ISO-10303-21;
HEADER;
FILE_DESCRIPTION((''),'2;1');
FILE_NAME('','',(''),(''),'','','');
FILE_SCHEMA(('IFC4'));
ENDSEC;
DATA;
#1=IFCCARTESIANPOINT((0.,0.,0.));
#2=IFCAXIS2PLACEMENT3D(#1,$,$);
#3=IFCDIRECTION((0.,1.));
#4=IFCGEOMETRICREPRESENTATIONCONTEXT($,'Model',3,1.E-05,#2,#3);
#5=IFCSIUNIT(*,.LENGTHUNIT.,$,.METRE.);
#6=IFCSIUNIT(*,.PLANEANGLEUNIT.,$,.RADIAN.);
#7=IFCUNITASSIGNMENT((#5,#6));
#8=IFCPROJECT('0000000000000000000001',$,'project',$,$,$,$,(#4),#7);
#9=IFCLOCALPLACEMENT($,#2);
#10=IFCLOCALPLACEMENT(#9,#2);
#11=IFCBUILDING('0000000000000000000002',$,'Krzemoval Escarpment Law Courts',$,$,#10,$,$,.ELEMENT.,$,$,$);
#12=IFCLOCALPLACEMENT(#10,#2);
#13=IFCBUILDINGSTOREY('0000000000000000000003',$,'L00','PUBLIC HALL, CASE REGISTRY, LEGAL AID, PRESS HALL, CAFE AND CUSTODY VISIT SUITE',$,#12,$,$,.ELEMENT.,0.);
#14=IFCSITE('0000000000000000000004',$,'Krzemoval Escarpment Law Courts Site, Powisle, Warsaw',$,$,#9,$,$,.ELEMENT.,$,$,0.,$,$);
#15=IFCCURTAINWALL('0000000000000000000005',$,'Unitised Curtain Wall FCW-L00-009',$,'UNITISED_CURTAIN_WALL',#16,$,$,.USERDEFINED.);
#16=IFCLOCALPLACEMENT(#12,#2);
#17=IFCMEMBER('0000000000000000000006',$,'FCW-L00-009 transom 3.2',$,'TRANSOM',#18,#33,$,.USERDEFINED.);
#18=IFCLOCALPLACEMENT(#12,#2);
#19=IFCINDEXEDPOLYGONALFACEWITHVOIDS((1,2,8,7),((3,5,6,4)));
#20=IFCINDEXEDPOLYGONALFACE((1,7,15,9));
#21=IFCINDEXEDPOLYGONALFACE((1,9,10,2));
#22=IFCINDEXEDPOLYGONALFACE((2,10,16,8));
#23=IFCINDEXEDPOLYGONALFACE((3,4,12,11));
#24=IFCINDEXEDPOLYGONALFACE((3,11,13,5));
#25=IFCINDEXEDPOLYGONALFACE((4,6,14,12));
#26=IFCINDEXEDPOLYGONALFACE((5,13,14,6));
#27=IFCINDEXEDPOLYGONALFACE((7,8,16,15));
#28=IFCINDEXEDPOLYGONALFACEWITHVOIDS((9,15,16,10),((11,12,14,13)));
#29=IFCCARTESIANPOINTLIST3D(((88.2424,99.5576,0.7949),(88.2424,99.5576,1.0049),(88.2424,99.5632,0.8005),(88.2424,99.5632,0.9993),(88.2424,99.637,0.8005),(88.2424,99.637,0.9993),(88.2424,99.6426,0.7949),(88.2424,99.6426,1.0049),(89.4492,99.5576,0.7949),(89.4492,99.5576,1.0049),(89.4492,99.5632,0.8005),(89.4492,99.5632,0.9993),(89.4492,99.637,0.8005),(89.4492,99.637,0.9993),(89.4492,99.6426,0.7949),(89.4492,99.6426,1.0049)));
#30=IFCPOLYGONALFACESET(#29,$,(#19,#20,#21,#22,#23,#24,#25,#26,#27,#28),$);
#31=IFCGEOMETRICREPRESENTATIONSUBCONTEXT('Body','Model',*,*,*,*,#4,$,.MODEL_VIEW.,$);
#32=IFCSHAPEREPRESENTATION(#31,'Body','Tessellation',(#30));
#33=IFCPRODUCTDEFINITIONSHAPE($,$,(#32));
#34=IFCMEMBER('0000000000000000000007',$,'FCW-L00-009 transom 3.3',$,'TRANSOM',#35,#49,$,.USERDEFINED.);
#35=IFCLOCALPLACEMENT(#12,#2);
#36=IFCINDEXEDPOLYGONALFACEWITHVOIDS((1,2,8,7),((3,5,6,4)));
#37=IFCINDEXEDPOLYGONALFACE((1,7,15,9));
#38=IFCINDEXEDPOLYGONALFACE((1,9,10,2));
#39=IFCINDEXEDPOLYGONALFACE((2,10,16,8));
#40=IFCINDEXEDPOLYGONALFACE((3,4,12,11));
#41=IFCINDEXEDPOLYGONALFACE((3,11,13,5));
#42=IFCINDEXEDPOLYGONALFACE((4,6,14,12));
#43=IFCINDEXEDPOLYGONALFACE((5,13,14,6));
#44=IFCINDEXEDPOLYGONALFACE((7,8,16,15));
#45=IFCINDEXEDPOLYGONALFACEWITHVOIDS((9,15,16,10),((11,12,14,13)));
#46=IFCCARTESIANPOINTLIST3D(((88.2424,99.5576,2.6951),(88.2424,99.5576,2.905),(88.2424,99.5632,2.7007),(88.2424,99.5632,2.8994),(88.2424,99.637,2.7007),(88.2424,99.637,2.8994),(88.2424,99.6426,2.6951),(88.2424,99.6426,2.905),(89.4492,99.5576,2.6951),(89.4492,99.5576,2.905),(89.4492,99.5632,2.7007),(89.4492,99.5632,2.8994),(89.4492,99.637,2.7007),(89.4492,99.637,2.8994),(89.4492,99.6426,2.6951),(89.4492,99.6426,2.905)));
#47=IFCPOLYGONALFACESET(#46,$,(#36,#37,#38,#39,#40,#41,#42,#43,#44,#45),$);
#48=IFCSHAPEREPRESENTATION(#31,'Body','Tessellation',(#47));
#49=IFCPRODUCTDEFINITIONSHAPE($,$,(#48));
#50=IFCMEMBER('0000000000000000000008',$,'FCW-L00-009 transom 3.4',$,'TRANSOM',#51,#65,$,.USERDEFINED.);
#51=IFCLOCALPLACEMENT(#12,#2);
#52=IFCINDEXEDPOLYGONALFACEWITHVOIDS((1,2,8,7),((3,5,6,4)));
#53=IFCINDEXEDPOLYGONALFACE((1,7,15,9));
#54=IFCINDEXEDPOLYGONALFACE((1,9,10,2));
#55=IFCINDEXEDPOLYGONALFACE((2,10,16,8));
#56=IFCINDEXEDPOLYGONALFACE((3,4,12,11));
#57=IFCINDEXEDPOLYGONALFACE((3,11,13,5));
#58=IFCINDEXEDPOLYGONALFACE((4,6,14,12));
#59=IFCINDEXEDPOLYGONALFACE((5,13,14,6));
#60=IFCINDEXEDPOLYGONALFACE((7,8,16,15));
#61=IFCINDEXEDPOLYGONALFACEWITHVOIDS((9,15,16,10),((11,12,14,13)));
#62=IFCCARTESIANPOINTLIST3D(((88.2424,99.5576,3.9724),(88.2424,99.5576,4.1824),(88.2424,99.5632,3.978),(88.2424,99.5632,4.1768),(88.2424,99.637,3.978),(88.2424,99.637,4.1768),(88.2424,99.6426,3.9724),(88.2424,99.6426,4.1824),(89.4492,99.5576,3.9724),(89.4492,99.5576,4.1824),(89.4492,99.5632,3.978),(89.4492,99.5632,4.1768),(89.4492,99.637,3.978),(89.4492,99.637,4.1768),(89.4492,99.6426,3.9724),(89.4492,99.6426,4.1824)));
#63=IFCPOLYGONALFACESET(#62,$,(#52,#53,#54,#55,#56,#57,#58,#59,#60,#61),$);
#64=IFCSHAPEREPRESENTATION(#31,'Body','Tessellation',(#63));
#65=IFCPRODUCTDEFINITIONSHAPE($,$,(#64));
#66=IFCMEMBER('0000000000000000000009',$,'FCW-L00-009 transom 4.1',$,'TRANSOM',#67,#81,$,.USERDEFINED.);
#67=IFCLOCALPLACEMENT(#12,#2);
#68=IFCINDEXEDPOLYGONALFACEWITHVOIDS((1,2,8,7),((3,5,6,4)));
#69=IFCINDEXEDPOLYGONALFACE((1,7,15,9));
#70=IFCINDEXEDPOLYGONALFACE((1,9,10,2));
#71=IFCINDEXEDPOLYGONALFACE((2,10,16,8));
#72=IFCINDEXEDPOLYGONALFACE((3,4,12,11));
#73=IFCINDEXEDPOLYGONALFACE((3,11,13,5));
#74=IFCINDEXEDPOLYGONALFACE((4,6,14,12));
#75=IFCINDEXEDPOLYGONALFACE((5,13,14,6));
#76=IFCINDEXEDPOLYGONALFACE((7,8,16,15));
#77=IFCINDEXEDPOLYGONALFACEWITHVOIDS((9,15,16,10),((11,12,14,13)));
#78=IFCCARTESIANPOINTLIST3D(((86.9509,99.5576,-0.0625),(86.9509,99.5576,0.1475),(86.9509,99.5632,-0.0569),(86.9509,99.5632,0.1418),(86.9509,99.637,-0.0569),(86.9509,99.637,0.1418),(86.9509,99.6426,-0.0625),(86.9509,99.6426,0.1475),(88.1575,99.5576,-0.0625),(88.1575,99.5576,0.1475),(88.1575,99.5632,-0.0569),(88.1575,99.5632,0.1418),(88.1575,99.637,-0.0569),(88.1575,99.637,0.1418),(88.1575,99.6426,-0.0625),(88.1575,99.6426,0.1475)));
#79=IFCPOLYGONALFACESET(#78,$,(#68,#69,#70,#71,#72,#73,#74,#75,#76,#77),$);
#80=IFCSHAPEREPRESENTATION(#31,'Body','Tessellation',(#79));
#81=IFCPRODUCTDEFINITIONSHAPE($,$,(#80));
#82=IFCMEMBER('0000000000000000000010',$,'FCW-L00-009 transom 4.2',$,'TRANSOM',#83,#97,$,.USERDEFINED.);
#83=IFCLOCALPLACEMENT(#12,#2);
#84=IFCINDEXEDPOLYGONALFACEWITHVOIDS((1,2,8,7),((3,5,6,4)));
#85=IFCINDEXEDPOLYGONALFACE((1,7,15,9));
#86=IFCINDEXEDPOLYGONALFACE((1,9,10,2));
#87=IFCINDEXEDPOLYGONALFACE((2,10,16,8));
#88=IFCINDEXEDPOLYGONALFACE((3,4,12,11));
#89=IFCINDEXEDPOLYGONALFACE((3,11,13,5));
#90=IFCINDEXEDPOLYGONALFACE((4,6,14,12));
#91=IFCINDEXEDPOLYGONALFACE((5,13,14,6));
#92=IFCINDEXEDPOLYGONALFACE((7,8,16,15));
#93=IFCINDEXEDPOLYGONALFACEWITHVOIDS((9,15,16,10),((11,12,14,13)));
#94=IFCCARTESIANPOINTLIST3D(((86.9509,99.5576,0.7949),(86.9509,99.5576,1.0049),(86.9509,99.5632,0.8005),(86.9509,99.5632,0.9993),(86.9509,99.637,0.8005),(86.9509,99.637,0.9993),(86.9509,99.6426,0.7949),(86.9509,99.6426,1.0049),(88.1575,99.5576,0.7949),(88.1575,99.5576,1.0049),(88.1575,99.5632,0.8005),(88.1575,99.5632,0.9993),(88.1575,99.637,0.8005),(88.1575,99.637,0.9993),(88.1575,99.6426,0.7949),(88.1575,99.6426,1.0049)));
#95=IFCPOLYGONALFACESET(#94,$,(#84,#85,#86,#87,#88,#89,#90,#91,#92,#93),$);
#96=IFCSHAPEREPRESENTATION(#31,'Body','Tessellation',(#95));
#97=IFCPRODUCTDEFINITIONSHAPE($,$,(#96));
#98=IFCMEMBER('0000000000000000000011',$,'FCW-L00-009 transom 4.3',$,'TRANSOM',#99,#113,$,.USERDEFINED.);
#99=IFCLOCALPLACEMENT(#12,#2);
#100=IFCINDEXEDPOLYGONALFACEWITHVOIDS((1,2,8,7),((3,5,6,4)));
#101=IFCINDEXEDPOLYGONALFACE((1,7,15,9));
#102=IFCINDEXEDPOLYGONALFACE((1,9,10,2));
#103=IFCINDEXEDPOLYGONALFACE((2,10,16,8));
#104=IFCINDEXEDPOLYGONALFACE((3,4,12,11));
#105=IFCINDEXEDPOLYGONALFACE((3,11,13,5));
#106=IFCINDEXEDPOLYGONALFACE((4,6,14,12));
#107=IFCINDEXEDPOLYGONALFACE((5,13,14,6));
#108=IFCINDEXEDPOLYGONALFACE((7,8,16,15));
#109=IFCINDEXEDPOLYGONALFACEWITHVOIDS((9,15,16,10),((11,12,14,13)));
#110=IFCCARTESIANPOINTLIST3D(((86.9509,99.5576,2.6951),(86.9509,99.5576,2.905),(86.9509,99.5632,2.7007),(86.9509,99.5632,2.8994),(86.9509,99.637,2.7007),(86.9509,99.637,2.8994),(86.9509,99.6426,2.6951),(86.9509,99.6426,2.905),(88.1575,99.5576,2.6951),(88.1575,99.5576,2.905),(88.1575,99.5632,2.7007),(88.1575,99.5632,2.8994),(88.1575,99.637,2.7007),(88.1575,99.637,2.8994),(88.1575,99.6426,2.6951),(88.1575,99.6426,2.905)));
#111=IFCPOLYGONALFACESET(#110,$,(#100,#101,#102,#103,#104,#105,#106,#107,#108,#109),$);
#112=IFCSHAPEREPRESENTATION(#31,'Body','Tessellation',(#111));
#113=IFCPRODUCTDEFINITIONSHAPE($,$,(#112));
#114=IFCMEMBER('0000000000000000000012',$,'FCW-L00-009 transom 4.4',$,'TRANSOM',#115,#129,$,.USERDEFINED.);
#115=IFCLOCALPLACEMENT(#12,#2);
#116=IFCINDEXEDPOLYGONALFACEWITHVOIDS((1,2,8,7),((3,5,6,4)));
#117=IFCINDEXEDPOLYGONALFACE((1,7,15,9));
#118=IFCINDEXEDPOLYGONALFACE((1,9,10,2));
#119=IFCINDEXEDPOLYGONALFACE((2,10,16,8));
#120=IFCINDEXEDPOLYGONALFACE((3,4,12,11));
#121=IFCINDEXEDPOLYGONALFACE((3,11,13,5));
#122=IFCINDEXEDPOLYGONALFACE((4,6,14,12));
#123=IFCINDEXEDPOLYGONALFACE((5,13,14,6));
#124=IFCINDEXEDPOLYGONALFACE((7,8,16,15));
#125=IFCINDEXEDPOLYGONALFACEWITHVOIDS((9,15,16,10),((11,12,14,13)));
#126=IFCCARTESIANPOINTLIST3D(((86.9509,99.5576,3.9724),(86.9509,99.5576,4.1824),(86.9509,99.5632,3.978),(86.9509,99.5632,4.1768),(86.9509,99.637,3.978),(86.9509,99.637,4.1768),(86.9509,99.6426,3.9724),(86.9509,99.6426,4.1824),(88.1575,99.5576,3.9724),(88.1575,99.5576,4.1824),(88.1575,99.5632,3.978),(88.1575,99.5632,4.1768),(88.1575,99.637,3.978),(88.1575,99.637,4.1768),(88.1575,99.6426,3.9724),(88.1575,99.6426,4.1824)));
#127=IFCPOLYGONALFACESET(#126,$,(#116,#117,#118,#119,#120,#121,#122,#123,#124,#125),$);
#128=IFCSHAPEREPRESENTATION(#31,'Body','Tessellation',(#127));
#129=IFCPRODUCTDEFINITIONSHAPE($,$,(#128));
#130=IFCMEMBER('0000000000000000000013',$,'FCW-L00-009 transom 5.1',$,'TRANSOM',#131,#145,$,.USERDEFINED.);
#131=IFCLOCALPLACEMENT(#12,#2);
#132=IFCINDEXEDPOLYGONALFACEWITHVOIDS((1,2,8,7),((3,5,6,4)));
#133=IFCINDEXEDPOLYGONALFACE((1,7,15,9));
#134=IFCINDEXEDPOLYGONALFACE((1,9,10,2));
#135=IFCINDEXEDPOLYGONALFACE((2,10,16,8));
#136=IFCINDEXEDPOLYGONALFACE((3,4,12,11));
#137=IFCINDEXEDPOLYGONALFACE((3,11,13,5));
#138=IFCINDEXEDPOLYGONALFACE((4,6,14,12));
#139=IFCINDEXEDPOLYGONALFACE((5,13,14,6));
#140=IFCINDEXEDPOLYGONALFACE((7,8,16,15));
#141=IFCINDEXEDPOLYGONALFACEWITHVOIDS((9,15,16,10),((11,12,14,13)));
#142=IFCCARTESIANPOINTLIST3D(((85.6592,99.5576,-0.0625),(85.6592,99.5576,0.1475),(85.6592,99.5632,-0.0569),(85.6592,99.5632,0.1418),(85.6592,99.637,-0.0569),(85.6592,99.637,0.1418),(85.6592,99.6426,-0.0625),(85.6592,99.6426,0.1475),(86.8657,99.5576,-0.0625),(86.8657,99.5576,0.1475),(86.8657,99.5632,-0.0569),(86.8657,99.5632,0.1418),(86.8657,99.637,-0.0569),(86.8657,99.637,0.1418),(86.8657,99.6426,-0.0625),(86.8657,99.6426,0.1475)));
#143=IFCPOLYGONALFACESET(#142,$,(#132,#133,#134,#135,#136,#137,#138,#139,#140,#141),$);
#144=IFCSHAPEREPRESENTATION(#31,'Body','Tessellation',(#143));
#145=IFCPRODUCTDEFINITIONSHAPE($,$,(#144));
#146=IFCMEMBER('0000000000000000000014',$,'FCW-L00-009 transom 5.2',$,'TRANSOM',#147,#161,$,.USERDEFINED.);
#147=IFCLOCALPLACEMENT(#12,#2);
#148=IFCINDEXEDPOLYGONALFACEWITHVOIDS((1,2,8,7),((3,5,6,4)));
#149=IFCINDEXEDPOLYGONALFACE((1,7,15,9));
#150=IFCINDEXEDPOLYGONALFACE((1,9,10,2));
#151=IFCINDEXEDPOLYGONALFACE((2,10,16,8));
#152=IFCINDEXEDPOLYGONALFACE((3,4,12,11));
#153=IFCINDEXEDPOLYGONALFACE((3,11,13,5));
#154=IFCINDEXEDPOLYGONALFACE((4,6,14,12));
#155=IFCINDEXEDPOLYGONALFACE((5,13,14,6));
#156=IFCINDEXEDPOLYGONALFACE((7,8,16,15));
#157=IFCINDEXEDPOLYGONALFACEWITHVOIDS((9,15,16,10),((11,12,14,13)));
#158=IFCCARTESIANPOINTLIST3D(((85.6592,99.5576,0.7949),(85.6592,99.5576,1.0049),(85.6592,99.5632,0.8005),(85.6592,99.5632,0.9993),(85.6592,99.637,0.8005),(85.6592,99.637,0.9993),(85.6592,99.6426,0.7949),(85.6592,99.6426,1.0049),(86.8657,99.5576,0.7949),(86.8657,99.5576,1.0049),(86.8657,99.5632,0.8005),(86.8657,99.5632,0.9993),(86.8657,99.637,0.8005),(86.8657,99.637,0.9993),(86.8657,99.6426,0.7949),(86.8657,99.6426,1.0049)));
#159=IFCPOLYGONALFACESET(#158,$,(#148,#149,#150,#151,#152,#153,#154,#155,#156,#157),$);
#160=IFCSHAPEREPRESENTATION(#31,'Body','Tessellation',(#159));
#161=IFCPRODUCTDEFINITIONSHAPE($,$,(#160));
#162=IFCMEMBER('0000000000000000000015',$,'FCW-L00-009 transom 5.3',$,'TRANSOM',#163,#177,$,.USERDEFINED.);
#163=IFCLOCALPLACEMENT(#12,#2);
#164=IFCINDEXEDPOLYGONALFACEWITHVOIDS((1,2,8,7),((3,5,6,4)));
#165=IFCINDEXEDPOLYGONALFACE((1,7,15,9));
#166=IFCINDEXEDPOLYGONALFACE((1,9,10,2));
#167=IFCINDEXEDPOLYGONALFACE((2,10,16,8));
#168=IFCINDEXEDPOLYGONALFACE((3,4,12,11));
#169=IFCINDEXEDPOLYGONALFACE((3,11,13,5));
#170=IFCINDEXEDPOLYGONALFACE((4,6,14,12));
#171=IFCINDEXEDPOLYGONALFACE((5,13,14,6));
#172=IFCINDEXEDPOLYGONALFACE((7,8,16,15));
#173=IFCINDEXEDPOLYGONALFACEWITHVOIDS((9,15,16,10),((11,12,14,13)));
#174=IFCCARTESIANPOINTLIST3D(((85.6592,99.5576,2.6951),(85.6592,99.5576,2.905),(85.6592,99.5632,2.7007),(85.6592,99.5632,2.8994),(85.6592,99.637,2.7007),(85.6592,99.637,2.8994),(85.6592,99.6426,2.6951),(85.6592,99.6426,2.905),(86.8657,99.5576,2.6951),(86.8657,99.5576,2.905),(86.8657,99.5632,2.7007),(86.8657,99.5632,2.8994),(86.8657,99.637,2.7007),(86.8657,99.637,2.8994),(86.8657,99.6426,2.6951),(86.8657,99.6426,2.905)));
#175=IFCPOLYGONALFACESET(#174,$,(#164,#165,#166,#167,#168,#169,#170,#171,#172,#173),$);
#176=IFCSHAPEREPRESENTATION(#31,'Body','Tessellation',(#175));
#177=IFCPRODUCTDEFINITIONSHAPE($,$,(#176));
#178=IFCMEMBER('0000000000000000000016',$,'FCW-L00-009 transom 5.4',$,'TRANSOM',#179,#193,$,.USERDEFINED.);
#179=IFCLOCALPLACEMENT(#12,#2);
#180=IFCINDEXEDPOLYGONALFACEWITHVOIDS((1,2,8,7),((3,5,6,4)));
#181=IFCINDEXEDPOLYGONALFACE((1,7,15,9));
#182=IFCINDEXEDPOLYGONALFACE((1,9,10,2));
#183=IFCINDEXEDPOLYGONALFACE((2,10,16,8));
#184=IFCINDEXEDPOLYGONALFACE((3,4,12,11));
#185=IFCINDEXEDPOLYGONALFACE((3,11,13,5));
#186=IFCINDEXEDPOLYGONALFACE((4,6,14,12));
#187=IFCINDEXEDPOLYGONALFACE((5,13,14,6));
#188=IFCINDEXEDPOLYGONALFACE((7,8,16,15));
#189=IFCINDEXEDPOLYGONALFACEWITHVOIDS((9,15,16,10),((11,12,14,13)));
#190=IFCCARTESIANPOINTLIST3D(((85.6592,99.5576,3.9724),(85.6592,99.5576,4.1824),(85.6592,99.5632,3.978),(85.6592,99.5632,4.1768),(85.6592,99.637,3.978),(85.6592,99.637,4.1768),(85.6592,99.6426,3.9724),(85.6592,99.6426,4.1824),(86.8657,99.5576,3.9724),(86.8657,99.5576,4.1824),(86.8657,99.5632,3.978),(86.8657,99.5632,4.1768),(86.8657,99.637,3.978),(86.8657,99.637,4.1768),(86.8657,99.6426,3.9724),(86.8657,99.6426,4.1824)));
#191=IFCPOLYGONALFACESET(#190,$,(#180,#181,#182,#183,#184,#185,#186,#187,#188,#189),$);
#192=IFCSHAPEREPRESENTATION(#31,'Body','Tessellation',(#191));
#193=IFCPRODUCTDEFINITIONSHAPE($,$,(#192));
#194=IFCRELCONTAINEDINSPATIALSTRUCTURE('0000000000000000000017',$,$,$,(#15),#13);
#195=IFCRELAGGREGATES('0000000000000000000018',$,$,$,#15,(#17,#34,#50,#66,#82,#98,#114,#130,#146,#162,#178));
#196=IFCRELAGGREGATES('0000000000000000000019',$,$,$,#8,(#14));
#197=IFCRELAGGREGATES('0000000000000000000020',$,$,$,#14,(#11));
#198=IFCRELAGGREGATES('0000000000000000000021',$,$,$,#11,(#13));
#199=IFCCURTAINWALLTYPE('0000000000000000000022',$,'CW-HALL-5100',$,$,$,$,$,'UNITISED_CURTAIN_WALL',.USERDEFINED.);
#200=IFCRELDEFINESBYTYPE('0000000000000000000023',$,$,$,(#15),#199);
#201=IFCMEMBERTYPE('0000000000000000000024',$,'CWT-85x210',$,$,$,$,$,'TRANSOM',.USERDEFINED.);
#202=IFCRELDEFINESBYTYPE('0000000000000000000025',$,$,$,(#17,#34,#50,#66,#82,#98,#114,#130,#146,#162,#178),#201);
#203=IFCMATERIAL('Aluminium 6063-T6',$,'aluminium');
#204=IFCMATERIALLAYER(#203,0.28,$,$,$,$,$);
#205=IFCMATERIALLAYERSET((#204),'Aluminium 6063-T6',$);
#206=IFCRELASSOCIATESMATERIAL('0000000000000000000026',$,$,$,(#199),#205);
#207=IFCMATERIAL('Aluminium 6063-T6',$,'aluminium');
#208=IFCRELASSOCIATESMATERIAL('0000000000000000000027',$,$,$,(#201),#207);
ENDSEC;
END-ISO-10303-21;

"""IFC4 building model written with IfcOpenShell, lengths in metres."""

from ifc_helpers import new_model, si_unit, direction, frame, origin, origin_2d, place, context, subcontext, project, spatial, hollow_rectangle, extrude, material, layer, layer_set, material_profile, profile_set, type_object, element, aggregate, save


model = new_model("IFC4")

# Units and contexts
model_context = context("Model", 3, precision=1e-05, world=origin(), true_north=direction((0.0, 1.0)))
body_context = subcontext(model_context, "Body", "Model", "MODEL_VIEW")
ifc_project = project(units=[si_unit("LENGTHUNIT", "METRE"), si_unit("PLANEANGLEUNIT", "RADIAN")], contexts=[model_context])

# Site, building, storey
site_placement = place(None, origin())
site = spatial("IfcSite", under=ifc_project, at=site_placement, Name="Krzemoval Escarpment Law Courts Site, Powisle, Warsaw", CompositionType="ELEMENT", RefElevation=0.0)
building_placement = place(site_placement, origin())
building = spatial("IfcBuilding", under=site, at=building_placement, Name="Krzemoval Escarpment Law Courts", CompositionType="ELEMENT")
storey_placement = place(building_placement, origin())
storey = spatial("IfcBuildingStorey", under=building, at=storey_placement, Name="L00", Description="PUBLIC HALL, CASE REGISTRY, LEGAL AID, PRESS HALL, CAFE AND CUSTODY VISIT SUITE", CompositionType="ELEMENT", Elevation=0.0)

# Curtain wall, members
ifc_material_1 = material(Name="Aluminium 6063-T6", Category="aluminium")
ifc_layer_1 = layer(ifc_material_1, 0.28)
ifc_layer_set_1 = layer_set([ifc_layer_1], Name="Aluminium 6063-T6")
curtain_wall_type = type_object("IfcCurtainWallType", Name="CW-HALL-5100", ElementType="UNITISED_CURTAIN_WALL", PredefinedType="USERDEFINED", material=ifc_layer_set_1)
curtain_wall_placement = place(storey_placement, origin())
curtain_wall = element("IfcCurtainWall", 1, at=curtain_wall_placement, inside=storey, type_object=curtain_wall_type, Name="Unitised Curtain Wall FCW-L00-009", ObjectType="UNITISED_CURTAIN_WALL", PredefinedType="USERDEFINED")
ifc_material_2 = material(Name="Aluminium 6063-T6", Category="aluminium")
ifc_material_profile_1 = material_profile(ifc_material_2, hollow_rectangle(XDim=0.085, YDim=0.21, WallThickness=0.0056, at=origin_2d()), Name="ALU T85x210")
ifc_profile_set_1 = profile_set([ifc_material_profile_1], Name="Aluminium 6063-T6")
member_type_1 = type_object("IfcMemberType", Name="CWT-85x210", ElementType="TRANSOM", PredefinedType="USERDEFINED", material=ifc_profile_set_1)
member_1_placement = place(storey_placement, frame((89.4492, 99.6001, 0.8999), z_axis=(-1.0, 0.0, 0.0), x_axis=(0.0, -1.0, 0.0)))
member_1 = element("IfcMember", 2, at=member_1_placement, type_object=member_type_1, Name="FCW-L00-009 transom 3.2", ObjectType="TRANSOM", PredefinedType="USERDEFINED", context=body_context, shape_type="SweptSolid", body=[
    extrude(hollow_rectangle(XDim=0.085, YDim=0.21, WallThickness=0.0056, at=origin_2d()), origin(), (0.0, 0.0, 1.0), 1.2068),
])
member_2_placement = place(storey_placement, frame((89.4492, 99.6001, 2.8), z_axis=(-1.0, 0.0, 0.0), x_axis=(0.0, -1.0, 0.0)))
member_2 = element("IfcMember", 3, at=member_2_placement, type_object=member_type_1, Name="FCW-L00-009 transom 3.3", ObjectType="TRANSOM", PredefinedType="USERDEFINED", context=body_context, shape_type="SweptSolid", body=[
    extrude(hollow_rectangle(XDim=0.085, YDim=0.21, WallThickness=0.0056, at=origin_2d()), origin(), (0.0, 0.0, 1.0), 1.2068),
])
member_3_placement = place(storey_placement, frame((89.4492, 99.6001, 4.0774), z_axis=(-1.0, 0.0, 0.0), x_axis=(0.0, -1.0, 0.0)))
member_3 = element("IfcMember", 4, at=member_3_placement, type_object=member_type_1, Name="FCW-L00-009 transom 3.4", ObjectType="TRANSOM", PredefinedType="USERDEFINED", context=body_context, shape_type="SweptSolid", body=[
    extrude(hollow_rectangle(XDim=0.085, YDim=0.21, WallThickness=0.0056, at=origin_2d()), origin(), (0.0, 0.0, 1.0), 1.2068),
])
member_4_placement = place(storey_placement, frame((88.1575, 99.6001, 0.0425), z_axis=(-1.0, 0.0, 0.0), x_axis=(0.0, -1.0, 0.0)))
member_4 = element("IfcMember", 5, at=member_4_placement, type_object=member_type_1, Name="FCW-L00-009 transom 4.1", ObjectType="TRANSOM", PredefinedType="USERDEFINED", context=body_context, shape_type="SweptSolid", body=[
    extrude(hollow_rectangle(XDim=0.085, YDim=0.21, WallThickness=0.0056, at=origin_2d()), origin(), (0.0, 0.0, 1.0), 1.2065),
])
member_5_placement = place(storey_placement, frame((88.1575, 99.6001, 0.8999), z_axis=(-1.0, 0.0, 0.0), x_axis=(0.0, -1.0, 0.0)))
member_5 = element("IfcMember", 6, at=member_5_placement, type_object=member_type_1, Name="FCW-L00-009 transom 4.2", ObjectType="TRANSOM", PredefinedType="USERDEFINED", context=body_context, shape_type="SweptSolid", body=[
    extrude(hollow_rectangle(XDim=0.085, YDim=0.21, WallThickness=0.0056, at=origin_2d()), origin(), (0.0, 0.0, 1.0), 1.2065),
])
member_6_placement = place(storey_placement, frame((88.1575, 99.6001, 2.8), z_axis=(-1.0, 0.0, 0.0), x_axis=(0.0, -1.0, 0.0)))
member_6 = element("IfcMember", 7, at=member_6_placement, type_object=member_type_1, Name="FCW-L00-009 transom 4.3", ObjectType="TRANSOM", PredefinedType="USERDEFINED", context=body_context, shape_type="SweptSolid", body=[
    extrude(hollow_rectangle(XDim=0.085, YDim=0.21, WallThickness=0.0056, at=origin_2d()), origin(), (0.0, 0.0, 1.0), 1.2065),
])
member_7_placement = place(storey_placement, frame((88.1575, 99.6001, 4.0774), z_axis=(-1.0, 0.0, 0.0), x_axis=(0.0, -1.0, 0.0)))
member_7 = element("IfcMember", 8, at=member_7_placement, type_object=member_type_1, Name="FCW-L00-009 transom 4.4", ObjectType="TRANSOM", PredefinedType="USERDEFINED", context=body_context, shape_type="SweptSolid", body=[
    extrude(hollow_rectangle(XDim=0.085, YDim=0.21, WallThickness=0.0056, at=origin_2d()), origin(), (0.0, 0.0, 1.0), 1.2065),
])
member_8_placement = place(storey_placement, frame((86.8657, 99.6001, 0.0425), z_axis=(-1.0, 0.0, 0.0), x_axis=(0.0, -1.0, 0.0)))
member_8 = element("IfcMember", 9, at=member_8_placement, type_object=member_type_1, Name="FCW-L00-009 transom 5.1", ObjectType="TRANSOM", PredefinedType="USERDEFINED", context=body_context, shape_type="SweptSolid", body=[
    extrude(hollow_rectangle(XDim=0.085, YDim=0.21, WallThickness=0.0056, at=origin_2d()), origin(), (0.0, 0.0, 1.0), 1.2065),
])
member_9_placement = place(storey_placement, frame((86.8657, 99.6001, 0.8999), z_axis=(-1.0, 0.0, 0.0), x_axis=(0.0, -1.0, 0.0)))
member_9 = element("IfcMember", 10, at=member_9_placement, type_object=member_type_1, Name="FCW-L00-009 transom 5.2", ObjectType="TRANSOM", PredefinedType="USERDEFINED", context=body_context, shape_type="SweptSolid", body=[
    extrude(hollow_rectangle(XDim=0.085, YDim=0.21, WallThickness=0.0056, at=origin_2d()), origin(), (0.0, 0.0, 1.0), 1.2065),
])
member_10_placement = place(storey_placement, frame((86.8657, 99.6001, 2.8), z_axis=(-1.0, 0.0, 0.0), x_axis=(0.0, -1.0, 0.0)))
member_10 = element("IfcMember", 11, at=member_10_placement, type_object=member_type_1, Name="FCW-L00-009 transom 5.3", ObjectType="TRANSOM", PredefinedType="USERDEFINED", context=body_context, shape_type="SweptSolid", body=[
    extrude(hollow_rectangle(XDim=0.085, YDim=0.21, WallThickness=0.0056, at=origin_2d()), origin(), (0.0, 0.0, 1.0), 1.2065),
])
member_11_placement = place(storey_placement, frame((86.8657, 99.6001, 4.0774), z_axis=(-1.0, 0.0, 0.0), x_axis=(0.0, -1.0, 0.0)))
member_11 = element("IfcMember", 12, at=member_11_placement, type_object=member_type_1, Name="FCW-L00-009 transom 5.4", ObjectType="TRANSOM", PredefinedType="USERDEFINED", context=body_context, shape_type="SweptSolid", body=[
    extrude(hollow_rectangle(XDim=0.085, YDim=0.21, WallThickness=0.0056, at=origin_2d()), origin(), (0.0, 0.0, 1.0), 1.2065),
])

aggregate(curtain_wall, [member_1, member_2, member_3, member_4, member_5, member_6, member_7, member_8, member_9, member_10, member_11])

save(model, "model.ifc")
